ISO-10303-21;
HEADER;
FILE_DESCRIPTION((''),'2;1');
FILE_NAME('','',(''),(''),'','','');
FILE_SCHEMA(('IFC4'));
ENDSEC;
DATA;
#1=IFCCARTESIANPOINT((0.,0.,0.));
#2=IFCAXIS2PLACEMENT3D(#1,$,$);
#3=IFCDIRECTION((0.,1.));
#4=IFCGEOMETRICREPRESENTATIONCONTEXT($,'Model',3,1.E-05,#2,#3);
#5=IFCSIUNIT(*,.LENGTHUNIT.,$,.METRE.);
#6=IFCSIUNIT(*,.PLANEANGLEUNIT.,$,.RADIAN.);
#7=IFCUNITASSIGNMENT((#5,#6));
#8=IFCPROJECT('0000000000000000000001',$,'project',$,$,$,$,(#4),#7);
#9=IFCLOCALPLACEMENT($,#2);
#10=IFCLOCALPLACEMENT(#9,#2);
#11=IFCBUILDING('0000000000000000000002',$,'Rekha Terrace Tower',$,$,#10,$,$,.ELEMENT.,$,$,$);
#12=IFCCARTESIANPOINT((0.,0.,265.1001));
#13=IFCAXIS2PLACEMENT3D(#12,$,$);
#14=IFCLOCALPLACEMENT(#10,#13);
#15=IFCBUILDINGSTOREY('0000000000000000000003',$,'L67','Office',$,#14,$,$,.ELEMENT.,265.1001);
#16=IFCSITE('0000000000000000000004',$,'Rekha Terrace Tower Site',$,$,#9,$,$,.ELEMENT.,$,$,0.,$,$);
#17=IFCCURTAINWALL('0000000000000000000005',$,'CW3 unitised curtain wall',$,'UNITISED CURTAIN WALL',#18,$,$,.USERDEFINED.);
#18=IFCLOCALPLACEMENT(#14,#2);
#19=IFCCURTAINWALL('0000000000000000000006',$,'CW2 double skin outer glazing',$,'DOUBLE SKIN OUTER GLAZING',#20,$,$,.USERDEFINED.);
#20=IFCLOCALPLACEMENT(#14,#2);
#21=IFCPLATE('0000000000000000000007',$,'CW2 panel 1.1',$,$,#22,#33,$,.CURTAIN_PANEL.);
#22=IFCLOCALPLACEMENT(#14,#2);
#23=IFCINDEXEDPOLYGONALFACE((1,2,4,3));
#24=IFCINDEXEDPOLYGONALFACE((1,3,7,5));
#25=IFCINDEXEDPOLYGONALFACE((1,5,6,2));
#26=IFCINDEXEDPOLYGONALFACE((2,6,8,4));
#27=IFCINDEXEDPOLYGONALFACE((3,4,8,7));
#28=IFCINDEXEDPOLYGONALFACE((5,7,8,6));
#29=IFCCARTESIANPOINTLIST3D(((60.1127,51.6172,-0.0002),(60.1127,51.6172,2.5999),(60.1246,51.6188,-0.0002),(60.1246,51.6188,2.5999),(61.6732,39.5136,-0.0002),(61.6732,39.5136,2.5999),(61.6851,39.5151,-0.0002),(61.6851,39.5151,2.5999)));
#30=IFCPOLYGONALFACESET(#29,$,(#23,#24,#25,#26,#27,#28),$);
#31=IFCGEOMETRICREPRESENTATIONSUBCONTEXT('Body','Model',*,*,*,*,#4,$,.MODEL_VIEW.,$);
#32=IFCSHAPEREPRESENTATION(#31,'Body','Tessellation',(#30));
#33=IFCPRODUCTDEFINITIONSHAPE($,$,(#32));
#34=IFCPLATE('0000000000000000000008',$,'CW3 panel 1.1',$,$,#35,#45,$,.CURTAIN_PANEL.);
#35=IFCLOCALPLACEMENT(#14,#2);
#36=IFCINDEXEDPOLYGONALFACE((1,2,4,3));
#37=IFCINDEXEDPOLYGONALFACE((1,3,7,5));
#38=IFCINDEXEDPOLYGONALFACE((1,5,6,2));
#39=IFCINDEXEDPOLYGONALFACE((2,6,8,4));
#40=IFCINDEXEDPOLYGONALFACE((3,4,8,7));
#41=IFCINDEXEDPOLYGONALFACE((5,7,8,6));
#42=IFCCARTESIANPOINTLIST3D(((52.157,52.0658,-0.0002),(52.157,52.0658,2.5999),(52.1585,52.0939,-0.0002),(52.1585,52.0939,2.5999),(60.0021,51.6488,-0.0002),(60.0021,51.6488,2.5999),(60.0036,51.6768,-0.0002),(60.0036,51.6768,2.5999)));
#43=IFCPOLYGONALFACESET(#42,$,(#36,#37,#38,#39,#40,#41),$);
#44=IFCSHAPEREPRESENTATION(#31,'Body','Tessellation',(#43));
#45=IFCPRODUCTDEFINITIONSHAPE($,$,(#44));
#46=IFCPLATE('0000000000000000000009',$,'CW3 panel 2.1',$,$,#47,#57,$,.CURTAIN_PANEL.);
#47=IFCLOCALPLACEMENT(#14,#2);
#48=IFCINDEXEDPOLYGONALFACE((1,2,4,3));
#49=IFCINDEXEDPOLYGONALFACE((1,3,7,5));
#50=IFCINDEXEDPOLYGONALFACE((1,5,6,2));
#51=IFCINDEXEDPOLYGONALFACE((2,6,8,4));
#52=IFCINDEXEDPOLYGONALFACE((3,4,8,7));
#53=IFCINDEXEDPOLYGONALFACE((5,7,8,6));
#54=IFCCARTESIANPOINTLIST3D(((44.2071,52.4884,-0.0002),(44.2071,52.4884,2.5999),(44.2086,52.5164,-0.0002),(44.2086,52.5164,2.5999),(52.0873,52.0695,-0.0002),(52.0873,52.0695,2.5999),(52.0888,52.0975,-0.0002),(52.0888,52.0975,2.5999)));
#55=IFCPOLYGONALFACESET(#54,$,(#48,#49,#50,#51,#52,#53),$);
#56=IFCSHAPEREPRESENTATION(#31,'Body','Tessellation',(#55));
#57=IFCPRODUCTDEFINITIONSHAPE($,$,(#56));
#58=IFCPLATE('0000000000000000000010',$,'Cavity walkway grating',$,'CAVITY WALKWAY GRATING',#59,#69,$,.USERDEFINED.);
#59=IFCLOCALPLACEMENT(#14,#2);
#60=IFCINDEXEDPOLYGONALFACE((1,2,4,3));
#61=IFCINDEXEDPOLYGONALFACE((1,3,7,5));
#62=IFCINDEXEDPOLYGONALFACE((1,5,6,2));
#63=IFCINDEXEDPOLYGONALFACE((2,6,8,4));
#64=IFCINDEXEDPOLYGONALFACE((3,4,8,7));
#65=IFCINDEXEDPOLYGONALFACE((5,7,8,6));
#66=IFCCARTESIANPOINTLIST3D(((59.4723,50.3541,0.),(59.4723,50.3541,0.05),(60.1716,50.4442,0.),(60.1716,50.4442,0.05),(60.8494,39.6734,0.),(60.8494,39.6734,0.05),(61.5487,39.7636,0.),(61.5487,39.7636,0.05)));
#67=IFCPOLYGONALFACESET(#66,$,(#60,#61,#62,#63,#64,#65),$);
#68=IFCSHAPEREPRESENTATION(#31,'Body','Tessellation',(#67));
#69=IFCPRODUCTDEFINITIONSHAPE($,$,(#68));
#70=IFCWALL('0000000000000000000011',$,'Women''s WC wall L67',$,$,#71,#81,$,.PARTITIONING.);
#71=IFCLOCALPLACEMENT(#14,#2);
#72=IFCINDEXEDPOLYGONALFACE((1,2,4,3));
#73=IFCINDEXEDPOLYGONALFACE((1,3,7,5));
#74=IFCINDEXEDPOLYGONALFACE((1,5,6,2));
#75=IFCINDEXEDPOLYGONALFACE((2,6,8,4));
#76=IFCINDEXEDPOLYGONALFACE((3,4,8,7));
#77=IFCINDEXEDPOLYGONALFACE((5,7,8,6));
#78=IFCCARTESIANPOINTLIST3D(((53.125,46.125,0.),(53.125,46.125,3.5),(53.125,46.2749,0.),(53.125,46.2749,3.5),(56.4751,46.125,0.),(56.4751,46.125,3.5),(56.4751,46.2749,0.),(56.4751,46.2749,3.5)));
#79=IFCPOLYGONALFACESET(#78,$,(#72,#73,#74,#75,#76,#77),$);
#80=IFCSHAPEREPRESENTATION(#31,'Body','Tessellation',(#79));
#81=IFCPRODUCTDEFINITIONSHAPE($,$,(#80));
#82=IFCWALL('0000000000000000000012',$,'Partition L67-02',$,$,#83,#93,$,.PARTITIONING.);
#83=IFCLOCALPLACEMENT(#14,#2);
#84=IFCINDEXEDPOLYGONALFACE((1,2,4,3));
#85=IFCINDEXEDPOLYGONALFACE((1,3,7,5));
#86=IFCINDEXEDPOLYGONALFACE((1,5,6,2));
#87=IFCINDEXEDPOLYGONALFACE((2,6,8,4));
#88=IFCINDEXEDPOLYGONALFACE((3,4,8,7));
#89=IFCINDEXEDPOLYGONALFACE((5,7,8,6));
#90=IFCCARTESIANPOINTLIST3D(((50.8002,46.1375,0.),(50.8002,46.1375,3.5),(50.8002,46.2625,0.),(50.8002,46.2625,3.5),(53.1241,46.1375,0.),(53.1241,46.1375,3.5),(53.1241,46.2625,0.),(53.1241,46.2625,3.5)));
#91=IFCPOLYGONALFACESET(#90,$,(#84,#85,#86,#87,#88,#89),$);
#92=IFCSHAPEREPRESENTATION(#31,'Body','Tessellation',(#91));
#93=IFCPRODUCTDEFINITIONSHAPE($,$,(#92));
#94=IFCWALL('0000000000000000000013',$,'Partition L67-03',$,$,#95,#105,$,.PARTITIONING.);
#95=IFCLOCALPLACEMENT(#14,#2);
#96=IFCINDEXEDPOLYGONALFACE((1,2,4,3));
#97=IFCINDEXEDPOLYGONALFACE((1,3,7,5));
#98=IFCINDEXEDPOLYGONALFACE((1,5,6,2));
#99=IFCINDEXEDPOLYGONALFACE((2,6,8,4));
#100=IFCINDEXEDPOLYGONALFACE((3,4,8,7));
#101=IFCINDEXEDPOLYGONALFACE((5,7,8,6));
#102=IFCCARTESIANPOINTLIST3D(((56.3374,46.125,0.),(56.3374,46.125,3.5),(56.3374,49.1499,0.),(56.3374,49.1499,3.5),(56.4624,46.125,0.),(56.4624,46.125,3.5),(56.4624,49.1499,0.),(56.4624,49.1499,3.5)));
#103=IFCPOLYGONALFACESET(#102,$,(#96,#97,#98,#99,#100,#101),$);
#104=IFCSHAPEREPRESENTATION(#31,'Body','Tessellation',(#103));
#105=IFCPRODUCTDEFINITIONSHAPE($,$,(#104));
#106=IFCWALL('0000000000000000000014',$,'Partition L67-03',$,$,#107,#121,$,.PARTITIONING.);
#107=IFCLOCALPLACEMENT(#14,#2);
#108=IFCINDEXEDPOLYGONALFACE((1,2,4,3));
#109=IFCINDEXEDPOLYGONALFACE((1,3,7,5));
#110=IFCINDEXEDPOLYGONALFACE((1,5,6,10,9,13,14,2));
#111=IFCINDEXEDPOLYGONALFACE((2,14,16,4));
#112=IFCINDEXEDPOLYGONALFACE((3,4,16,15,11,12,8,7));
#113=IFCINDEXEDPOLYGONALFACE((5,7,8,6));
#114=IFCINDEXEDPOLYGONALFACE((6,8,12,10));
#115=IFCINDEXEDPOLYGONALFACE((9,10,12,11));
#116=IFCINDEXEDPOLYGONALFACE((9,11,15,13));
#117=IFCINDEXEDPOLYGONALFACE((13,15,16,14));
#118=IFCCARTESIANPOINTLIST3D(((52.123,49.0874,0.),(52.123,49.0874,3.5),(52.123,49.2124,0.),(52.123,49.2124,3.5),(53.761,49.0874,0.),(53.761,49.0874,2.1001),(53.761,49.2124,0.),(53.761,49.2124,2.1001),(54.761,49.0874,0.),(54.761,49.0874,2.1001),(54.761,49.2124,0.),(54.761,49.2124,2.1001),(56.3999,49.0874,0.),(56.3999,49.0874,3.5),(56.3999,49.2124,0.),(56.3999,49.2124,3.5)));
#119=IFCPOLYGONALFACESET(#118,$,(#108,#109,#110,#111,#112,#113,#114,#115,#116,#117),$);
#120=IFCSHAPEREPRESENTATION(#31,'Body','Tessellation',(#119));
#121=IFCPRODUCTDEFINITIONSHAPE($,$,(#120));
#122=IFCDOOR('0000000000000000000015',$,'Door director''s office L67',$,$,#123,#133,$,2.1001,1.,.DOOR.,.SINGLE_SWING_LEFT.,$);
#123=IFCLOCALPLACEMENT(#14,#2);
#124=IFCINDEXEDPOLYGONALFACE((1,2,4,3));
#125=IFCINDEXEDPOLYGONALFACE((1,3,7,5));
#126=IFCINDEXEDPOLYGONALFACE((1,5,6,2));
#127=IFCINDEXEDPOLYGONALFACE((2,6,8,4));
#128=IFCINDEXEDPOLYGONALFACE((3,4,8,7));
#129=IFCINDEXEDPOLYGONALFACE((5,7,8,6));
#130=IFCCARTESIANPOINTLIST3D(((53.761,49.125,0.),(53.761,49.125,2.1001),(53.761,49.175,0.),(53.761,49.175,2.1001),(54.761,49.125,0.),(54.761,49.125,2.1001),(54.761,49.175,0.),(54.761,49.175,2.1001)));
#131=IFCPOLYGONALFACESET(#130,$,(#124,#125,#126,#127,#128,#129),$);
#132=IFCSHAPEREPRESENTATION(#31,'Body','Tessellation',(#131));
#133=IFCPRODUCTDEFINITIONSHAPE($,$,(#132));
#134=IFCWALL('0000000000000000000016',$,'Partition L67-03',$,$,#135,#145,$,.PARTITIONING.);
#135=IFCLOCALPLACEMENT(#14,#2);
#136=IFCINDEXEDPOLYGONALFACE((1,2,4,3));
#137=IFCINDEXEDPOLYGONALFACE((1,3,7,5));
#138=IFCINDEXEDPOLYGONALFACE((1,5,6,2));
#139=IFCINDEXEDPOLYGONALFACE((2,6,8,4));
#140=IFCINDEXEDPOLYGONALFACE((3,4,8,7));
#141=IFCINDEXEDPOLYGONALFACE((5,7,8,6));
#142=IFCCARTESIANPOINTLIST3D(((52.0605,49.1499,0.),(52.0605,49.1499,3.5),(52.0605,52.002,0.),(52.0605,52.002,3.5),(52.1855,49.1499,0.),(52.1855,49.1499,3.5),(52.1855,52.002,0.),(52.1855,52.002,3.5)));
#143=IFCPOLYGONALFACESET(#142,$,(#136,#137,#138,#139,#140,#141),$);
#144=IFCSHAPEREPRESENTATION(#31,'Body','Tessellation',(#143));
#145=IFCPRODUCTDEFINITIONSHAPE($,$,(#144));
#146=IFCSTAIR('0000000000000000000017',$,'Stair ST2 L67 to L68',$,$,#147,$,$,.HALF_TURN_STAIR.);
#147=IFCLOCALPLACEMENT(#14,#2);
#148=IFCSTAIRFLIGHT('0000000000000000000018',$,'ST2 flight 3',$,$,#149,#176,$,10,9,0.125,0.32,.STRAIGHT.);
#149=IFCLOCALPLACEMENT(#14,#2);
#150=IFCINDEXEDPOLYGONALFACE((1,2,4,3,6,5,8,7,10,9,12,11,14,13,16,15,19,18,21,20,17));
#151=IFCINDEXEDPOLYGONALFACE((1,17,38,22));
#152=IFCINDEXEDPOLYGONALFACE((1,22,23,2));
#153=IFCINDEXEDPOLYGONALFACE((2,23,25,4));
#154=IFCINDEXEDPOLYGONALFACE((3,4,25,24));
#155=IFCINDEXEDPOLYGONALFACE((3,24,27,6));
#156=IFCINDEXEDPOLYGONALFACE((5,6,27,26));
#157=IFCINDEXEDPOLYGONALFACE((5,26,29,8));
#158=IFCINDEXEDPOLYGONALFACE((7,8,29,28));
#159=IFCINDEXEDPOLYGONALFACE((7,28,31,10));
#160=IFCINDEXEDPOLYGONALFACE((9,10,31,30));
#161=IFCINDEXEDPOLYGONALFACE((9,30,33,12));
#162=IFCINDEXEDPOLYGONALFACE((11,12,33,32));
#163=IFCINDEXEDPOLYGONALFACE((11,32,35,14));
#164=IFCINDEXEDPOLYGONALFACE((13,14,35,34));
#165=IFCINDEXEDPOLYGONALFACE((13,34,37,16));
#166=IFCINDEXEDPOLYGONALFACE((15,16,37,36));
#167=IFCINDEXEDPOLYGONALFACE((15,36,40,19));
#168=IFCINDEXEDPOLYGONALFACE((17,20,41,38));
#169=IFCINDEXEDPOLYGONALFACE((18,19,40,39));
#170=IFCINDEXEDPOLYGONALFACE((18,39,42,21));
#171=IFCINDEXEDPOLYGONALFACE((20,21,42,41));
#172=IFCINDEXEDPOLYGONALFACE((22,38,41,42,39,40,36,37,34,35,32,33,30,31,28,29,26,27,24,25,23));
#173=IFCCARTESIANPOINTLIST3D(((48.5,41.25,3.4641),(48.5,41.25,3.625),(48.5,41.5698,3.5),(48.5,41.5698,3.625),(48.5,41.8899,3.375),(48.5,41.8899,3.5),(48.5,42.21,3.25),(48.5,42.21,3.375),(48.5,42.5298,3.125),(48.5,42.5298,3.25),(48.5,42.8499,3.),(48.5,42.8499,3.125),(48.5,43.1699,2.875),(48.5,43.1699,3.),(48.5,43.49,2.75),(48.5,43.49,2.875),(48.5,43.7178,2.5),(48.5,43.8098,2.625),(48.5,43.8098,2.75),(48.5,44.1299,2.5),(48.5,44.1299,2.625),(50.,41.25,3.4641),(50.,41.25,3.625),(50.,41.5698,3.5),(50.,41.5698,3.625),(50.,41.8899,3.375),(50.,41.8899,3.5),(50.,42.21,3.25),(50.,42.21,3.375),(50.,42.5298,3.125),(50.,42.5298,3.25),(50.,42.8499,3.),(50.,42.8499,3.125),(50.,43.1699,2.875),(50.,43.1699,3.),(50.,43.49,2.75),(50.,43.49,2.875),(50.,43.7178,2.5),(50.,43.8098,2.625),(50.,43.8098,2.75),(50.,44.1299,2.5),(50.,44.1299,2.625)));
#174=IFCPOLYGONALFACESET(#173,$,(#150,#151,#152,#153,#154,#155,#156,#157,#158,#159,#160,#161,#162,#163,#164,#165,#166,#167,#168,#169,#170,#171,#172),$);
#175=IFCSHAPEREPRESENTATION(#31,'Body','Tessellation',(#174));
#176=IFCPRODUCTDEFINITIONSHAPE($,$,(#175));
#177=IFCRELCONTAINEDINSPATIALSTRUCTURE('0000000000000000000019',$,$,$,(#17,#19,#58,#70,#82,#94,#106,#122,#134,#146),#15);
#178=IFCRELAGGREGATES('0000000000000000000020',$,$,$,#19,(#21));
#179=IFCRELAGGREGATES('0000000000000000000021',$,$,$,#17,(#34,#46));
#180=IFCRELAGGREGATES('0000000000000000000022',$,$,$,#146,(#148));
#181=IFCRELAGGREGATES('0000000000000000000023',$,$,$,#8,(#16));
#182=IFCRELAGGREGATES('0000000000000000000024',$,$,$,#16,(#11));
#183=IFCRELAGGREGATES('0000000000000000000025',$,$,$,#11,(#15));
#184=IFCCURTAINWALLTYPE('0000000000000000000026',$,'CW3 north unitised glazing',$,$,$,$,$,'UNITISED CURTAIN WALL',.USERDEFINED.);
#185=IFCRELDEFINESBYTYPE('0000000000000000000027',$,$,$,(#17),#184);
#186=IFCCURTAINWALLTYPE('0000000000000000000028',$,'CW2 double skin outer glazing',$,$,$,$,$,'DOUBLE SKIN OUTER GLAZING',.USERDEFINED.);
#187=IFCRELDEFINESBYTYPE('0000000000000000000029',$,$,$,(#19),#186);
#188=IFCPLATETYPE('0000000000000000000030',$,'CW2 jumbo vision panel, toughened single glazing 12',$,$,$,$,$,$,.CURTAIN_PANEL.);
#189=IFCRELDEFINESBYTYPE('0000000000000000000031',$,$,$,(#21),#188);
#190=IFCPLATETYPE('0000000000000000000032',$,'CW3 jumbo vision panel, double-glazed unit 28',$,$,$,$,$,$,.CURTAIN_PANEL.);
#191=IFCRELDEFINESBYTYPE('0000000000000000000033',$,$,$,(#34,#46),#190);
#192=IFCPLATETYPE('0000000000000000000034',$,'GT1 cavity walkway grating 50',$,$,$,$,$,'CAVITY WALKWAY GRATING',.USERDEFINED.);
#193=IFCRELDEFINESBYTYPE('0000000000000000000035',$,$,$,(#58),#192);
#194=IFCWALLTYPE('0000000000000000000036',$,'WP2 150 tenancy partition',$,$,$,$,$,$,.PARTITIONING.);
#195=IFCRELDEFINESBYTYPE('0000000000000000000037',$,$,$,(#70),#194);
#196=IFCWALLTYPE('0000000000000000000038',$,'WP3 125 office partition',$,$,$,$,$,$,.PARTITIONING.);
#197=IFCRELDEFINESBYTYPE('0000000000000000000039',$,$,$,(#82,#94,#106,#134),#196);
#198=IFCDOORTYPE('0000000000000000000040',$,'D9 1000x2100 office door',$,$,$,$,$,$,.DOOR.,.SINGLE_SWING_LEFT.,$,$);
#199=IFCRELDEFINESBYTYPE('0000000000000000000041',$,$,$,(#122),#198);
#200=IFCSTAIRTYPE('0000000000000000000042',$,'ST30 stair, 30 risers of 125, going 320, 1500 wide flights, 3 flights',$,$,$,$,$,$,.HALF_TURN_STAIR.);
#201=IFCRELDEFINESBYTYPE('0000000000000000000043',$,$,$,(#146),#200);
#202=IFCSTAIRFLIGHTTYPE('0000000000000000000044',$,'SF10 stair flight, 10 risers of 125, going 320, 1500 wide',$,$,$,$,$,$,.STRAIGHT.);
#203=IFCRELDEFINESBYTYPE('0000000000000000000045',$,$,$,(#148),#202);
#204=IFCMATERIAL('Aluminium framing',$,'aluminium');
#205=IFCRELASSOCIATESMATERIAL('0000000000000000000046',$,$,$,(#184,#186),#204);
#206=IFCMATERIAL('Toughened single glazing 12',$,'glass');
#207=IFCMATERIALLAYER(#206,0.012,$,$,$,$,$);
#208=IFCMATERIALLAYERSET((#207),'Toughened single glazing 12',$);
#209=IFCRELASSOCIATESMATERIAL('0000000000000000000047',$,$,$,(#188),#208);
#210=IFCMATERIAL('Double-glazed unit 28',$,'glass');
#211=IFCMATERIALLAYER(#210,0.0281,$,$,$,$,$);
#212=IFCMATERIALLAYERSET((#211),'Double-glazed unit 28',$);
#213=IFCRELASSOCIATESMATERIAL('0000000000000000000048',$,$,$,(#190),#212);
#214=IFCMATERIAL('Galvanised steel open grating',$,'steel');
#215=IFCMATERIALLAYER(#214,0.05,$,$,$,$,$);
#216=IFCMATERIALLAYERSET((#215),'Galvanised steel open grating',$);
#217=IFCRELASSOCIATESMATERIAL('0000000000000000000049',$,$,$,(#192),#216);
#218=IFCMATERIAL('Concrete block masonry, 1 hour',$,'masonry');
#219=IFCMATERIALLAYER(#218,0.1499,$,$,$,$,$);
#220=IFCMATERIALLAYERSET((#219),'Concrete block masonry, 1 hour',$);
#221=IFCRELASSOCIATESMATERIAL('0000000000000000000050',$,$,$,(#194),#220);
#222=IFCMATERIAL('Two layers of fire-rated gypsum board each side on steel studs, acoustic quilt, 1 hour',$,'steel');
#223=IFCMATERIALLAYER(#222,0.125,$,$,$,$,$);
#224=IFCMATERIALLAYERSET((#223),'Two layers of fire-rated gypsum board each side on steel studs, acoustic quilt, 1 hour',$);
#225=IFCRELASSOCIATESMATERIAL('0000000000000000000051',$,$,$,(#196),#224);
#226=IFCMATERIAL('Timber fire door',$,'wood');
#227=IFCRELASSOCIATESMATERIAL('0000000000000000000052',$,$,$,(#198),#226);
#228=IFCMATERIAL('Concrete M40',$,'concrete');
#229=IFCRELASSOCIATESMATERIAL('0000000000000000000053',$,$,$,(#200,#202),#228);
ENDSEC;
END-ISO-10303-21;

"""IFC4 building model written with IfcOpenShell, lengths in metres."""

from ifc_helpers import new_model, si_unit, direction, frame, frame_2d, origin, origin_2d, place, context, subcontext, project, spatial, polyline, rectangle, outline, extrude, material, layer, layer_set, type_object, element, fill, aggregate, save


model = new_model("IFC4")

# Units and contexts
model_context = context("Model", 3, precision=1e-05, world=origin(), true_north=direction((0.0, 1.0)))
body_context = subcontext(model_context, "Body", "Model", "MODEL_VIEW")
ifc_project = project(units=[si_unit("LENGTHUNIT", "METRE"), si_unit("PLANEANGLEUNIT", "RADIAN")], contexts=[model_context])

# Site, building, storey
site_placement = place(None, origin())
site = spatial("IfcSite", under=ifc_project, at=site_placement, Name="Rekha Terrace Tower Site", CompositionType="ELEMENT", RefElevation=0.0)
building_placement = place(site_placement, origin())
building = spatial("IfcBuilding", under=site, at=building_placement, Name="Rekha Terrace Tower", CompositionType="ELEMENT")
storey_placement = place(building_placement, frame((0.0, 0.0, 265.1001)))
storey = spatial("IfcBuildingStorey", under=building, at=storey_placement, Name="L67", Description="Office", CompositionType="ELEMENT", Elevation=265.1001)

# Curtain walls
ifc_material_1 = material(Name="Aluminium framing", Category="aluminium")
curtain_wall_type_1 = type_object("IfcCurtainWallType", Name="CW3 north unitised glazing", ElementType="UNITISED CURTAIN WALL", PredefinedType="USERDEFINED", material=ifc_material_1)
curtain_wall_1_placement = place(storey_placement, origin())
curtain_wall_1 = element("IfcCurtainWall", 1, at=curtain_wall_1_placement, inside=storey, type_object=curtain_wall_type_1, Name="CW3 unitised curtain wall", ObjectType="UNITISED CURTAIN WALL", PredefinedType="USERDEFINED")
curtain_wall_type_2 = type_object("IfcCurtainWallType", Name="CW2 double skin outer glazing", ElementType="DOUBLE SKIN OUTER GLAZING", PredefinedType="USERDEFINED", material=ifc_material_1)
curtain_wall_2_placement = place(storey_placement, origin())
curtain_wall_2 = element("IfcCurtainWall", 2, at=curtain_wall_2_placement, inside=storey, type_object=curtain_wall_type_2, Name="CW2 double skin outer glazing", ObjectType="DOUBLE SKIN OUTER GLAZING", PredefinedType="USERDEFINED")

# Plates
ifc_material_2 = material(Name="Toughened single glazing 12", Category="glass")
ifc_layer_1 = layer(ifc_material_2, 0.012)
ifc_layer_set_1 = layer_set([ifc_layer_1], Name="Toughened single glazing 12")
plate_type_1 = type_object("IfcPlateType", Name="CW2 jumbo vision panel, toughened single glazing 12", PredefinedType="CURTAIN_PANEL", material=ifc_layer_set_1)
plate_1_placement = place(storey_placement, frame((60.8989, 45.5662, -0.0002), z_axis=(0.0, 0.0, 1.0), x_axis=(-0.12787, 0.991791, 0.0)))
plate_1 = element("IfcPlate", 3, at=plate_1_placement, type_object=plate_type_1, Name="CW2 panel 1.1", PredefinedType="CURTAIN_PANEL", context=body_context, shape_type="SweptSolid", body=[
    extrude(rectangle(XDim=12.2039, YDim=0.012, at=origin_2d()), origin(), (0.0, 0.0, 1.0), 2.6001),
])
aggregate(curtain_wall_2, [plate_1])
ifc_material_3 = material(Name="Double-glazed unit 28", Category="glass")
ifc_layer_2 = layer(ifc_material_3, 0.0281)
ifc_layer_set_2 = layer_set([ifc_layer_2], Name="Double-glazed unit 28")
plate_type_2 = type_object("IfcPlateType", Name="CW3 jumbo vision panel, double-glazed unit 28", PredefinedType="CURTAIN_PANEL", material=ifc_layer_set_2)
plate_2_placement = place(storey_placement, frame((56.0803, 51.8713, -0.0002), z_axis=(0.0, 0.0, 1.0), x_axis=(-0.99859, 0.053083, 0.0)))
plate_2 = element("IfcPlate", 4, at=plate_2_placement, type_object=plate_type_2, Name="CW3 panel 1.1", PredefinedType="CURTAIN_PANEL", context=body_context, shape_type="SweptSolid", body=[
    extrude(rectangle(XDim=7.8562, YDim=0.0281, at=origin_2d()), origin(), (0.0, 0.0, 1.0), 2.6001),
])
plate_3_placement = place(storey_placement, frame((48.1479, 52.293, -0.0002), z_axis=(0.0, 0.0, 1.0), x_axis=(-0.99859, 0.053083, 0.0)))
plate_3 = element("IfcPlate", 5, at=plate_3_placement, type_object=plate_type_2, Name="CW3 panel 2.1", PredefinedType="CURTAIN_PANEL", context=body_context, shape_type="SweptSolid", body=[
    extrude(rectangle(XDim=7.8914, YDim=0.0281, at=origin_2d()), origin(), (0.0, 0.0, 1.0), 2.6001),
])
aggregate(curtain_wall_1, [plate_2, plate_3])
ifc_material_4 = material(Name="Galvanised steel open grating", Category="steel")
ifc_layer_3 = layer(ifc_material_4, 0.05)
ifc_layer_set_3 = layer_set([ifc_layer_3], Name="Galvanised steel open grating")
plate_type_3 = type_object("IfcPlateType", Name="GT1 cavity walkway grating 50", ElementType="CAVITY WALKWAY GRATING", PredefinedType="USERDEFINED", material=ifc_layer_set_3)
plate_4_placement = place(storey_placement, frame((60.5105, 45.0588, 0.0), z_axis=(0.0, 0.0, 1.0), x_axis=(-0.12787, 0.991791, 0.0)))
element("IfcPlate", 6, at=plate_4_placement, inside=storey, type_object=plate_type_3, Name="Cavity walkway grating", ObjectType="CAVITY WALKWAY GRATING", PredefinedType="USERDEFINED", context=body_context, shape_type="SweptSolid", body=[
    extrude(rectangle(XDim=10.769, YDim=0.7051, at=origin_2d()), origin(), (0.0, 0.0, 1.0), 0.05),
])

# Walls
ifc_material_5 = material(Name="Concrete block masonry, 1 hour", Category="masonry")
ifc_layer_4 = layer(ifc_material_5, 0.1499)
ifc_layer_set_4 = layer_set([ifc_layer_4], Name="Concrete block masonry, 1 hour")
wall_type_1 = type_object("IfcWallType", Name="WP2 150 tenancy partition", PredefinedType="PARTITIONING", material=ifc_layer_set_4)
wall_1_placement = place(storey_placement, frame((53.125, 46.2, 0.0), z_axis=(0.0, 0.0, 1.0), x_axis=(1.0, 0.0, 0.0)))
element("IfcWall", 7, at=wall_1_placement, inside=storey, type_object=wall_type_1, Name="Women's WC wall L67", PredefinedType="PARTITIONING", context=body_context, shape_type="SweptSolid", body=[
    extrude(rectangle(XDim=3.3501, YDim=0.1499, at=frame_2d((1.675, 0.0))), origin(), (0.0, 0.0, 1.0), 3.5),
])
ifc_material_6 = material(Name="Two layers of fire-rated gypsum board each side on steel studs, acoustic quilt, 1 hour", Category="steel")
ifc_layer_5 = layer(ifc_material_6, 0.125)
ifc_layer_set_5 = layer_set([ifc_layer_5], Name="Two layers of fire-rated gypsum board each side on steel studs, acoustic quilt, 1 hour")
wall_type_2 = type_object("IfcWallType", Name="WP3 125 office partition", PredefinedType="PARTITIONING", material=ifc_layer_set_5)
wall_2_placement = place(storey_placement, frame((50.8, 46.2, 0.0), z_axis=(0.0, 0.0, 1.0), x_axis=(1.0, 0.0, 0.0)))
element("IfcWall", 8, at=wall_2_placement, inside=storey, type_object=wall_type_2, Name="Partition L67-02", PredefinedType="PARTITIONING", context=body_context, shape_type="SweptSolid", body=[
    extrude(rectangle(XDim=2.324, YDim=0.125, at=frame_2d((1.1621, 0.0))), origin(), (0.0, 0.0, 1.0), 3.5),
])
wall_3_placement = place(storey_placement, frame((56.3999, 46.125, 0.0), z_axis=(0.0, 0.0, 1.0), x_axis=(0.0, 1.0, 0.0)))
element("IfcWall", 9, at=wall_3_placement, inside=storey, type_object=wall_type_2, Name="Partition L67-03", PredefinedType="PARTITIONING", context=body_context, shape_type="SweptSolid", body=[
    extrude(rectangle(XDim=3.0249, YDim=0.125, at=frame_2d((1.5125, 0.0))), origin(), (0.0, 0.0, 1.0), 3.5),
])

# Wall, opening, door
wall_4_placement = place(storey_placement, frame((56.3999, 49.1499, 0.0), z_axis=(0.0, 0.0, 1.0), x_axis=(-1.0, 0.0, 0.0)))
wall_4 = element("IfcWall", 10, at=wall_4_placement, inside=storey, type_object=wall_type_2, Name="Partition L67-03", PredefinedType="PARTITIONING", context=body_context, shape_type="SweptSolid", body=[
    extrude(rectangle(XDim=4.2769, YDim=0.125, at=frame_2d((2.1384, 0.0))), origin(), (0.0, 0.0, 1.0), 3.5),
])
opening_placement = place(wall_4_placement, frame((1.6389, 0.0, 0.0)))
opening = element("IfcOpeningElement", 11, at=opening_placement, cuts=wall_4, PredefinedType="OPENING", context=body_context, shape_type="SweptSolid", body=[
    extrude(rectangle(XDim=1.0, YDim=2.1001, at=frame_2d((0.5, 1.05))), frame((0.0, 0.0725, 0.0), z_axis=(0.0, -1.0, 0.0), x_axis=(1.0, 0.0, 0.0)), (0.0, 0.0, 1.0), 0.145),
])
ifc_material_7 = material(Name="Timber fire door", Category="wood")
door_type = type_object("IfcDoorType", Name="D9 1000x2100 office door", OperationType="SINGLE_SWING_LEFT", PredefinedType="DOOR", material=ifc_material_7)
door_placement = place(opening_placement, origin())
door = element("IfcDoor", 12, at=door_placement, inside=storey, type_object=door_type, Name="Door director's office L67", OperationType="SINGLE_SWING_LEFT", OverallHeight=2.1001, OverallWidth=1.0, PredefinedType="DOOR", context=body_context, shape_type="SweptSolid", body=[
    extrude(rectangle(XDim=1.0, YDim=2.1001, at=frame_2d((0.5, 1.05))), frame((0.0, 0.0249, 0.0), z_axis=(0.0, -1.0, 0.0), x_axis=(1.0, 0.0, 0.0)), (0.0, 0.0, 1.0), 0.05),
])
fill(opening, door)

# Wall
wall_5_placement = place(storey_placement, frame((52.123, 49.1499, 0.0), z_axis=(0.0, 0.0, 1.0), x_axis=(0.0, 1.0, 0.0)))
element("IfcWall", 13, at=wall_5_placement, inside=storey, type_object=wall_type_2, Name="Partition L67-03", PredefinedType="PARTITIONING", context=body_context, shape_type="SweptSolid", body=[
    extrude(rectangle(XDim=2.8521, YDim=0.125, at=frame_2d((1.426, 0.0))), origin(), (0.0, 0.0, 1.0), 3.5),
])

# Stair, stair flight
ifc_material_8 = material(Name="Concrete M40", Category="concrete")
stair_type = type_object("IfcStairType", Name="ST30 stair, 30 risers of 125, going 320, 1500 wide flights, 3 flights", PredefinedType="HALF_TURN_STAIR", material=ifc_material_8)
stair_placement = place(storey_placement, origin())
stair = element("IfcStair", 14, at=stair_placement, inside=storey, type_object=stair_type, Name="Stair ST2 L67 to L68", PredefinedType="HALF_TURN_STAIR")
stair_flight_type = type_object("IfcStairFlightType", Name="SF10 stair flight, 10 risers of 125, going 320, 1500 wide", PredefinedType="STRAIGHT", material=ifc_material_8)
stair_flight_placement = place(storey_placement, frame((49.25, 44.1299, 2.5), z_axis=(0.0, 0.0, 1.0), x_axis=(0.0, -1.0, 0.0)))
stair_flight = element("IfcStairFlight", 15, at=stair_flight_placement, type_object=stair_flight_type, Name="ST2 flight 3", NumberOfRisers=10, NumberOfTreads=9, PredefinedType="STRAIGHT", RiserHeight=0.125, TreadLength=0.32, context=body_context, shape_type="SweptSolid", body=[
    extrude(outline(polyline([(0.0, 0.0), (0.0, 0.125), (0.3201, 0.125), (0.3201, 0.25), (0.6399, 0.25), (0.6399, 0.375), (0.96, 0.375), (0.96, 0.5), (1.28, 0.5), (1.28, 0.625), (1.6001, 0.625), (1.6001, 0.75), (1.9199, 0.75), (1.9199, 0.875), (2.24, 0.875), (2.24, 1.0), (2.5601, 1.0), (2.5601, 1.125), (2.8799, 1.125), (2.8799, 1.25), (2.8799, 0.9641), (0.4121, 0.0), (0.0, 0.0)])), frame((0.0, 0.75, 0.0), z_axis=(0.0, -1.0, 0.0), x_axis=(1.0, 0.0, 0.0)), (0.0, 0.0, 1.0), 1.5),
])
aggregate(stair, [stair_flight])

save(model, "model.ifc")
